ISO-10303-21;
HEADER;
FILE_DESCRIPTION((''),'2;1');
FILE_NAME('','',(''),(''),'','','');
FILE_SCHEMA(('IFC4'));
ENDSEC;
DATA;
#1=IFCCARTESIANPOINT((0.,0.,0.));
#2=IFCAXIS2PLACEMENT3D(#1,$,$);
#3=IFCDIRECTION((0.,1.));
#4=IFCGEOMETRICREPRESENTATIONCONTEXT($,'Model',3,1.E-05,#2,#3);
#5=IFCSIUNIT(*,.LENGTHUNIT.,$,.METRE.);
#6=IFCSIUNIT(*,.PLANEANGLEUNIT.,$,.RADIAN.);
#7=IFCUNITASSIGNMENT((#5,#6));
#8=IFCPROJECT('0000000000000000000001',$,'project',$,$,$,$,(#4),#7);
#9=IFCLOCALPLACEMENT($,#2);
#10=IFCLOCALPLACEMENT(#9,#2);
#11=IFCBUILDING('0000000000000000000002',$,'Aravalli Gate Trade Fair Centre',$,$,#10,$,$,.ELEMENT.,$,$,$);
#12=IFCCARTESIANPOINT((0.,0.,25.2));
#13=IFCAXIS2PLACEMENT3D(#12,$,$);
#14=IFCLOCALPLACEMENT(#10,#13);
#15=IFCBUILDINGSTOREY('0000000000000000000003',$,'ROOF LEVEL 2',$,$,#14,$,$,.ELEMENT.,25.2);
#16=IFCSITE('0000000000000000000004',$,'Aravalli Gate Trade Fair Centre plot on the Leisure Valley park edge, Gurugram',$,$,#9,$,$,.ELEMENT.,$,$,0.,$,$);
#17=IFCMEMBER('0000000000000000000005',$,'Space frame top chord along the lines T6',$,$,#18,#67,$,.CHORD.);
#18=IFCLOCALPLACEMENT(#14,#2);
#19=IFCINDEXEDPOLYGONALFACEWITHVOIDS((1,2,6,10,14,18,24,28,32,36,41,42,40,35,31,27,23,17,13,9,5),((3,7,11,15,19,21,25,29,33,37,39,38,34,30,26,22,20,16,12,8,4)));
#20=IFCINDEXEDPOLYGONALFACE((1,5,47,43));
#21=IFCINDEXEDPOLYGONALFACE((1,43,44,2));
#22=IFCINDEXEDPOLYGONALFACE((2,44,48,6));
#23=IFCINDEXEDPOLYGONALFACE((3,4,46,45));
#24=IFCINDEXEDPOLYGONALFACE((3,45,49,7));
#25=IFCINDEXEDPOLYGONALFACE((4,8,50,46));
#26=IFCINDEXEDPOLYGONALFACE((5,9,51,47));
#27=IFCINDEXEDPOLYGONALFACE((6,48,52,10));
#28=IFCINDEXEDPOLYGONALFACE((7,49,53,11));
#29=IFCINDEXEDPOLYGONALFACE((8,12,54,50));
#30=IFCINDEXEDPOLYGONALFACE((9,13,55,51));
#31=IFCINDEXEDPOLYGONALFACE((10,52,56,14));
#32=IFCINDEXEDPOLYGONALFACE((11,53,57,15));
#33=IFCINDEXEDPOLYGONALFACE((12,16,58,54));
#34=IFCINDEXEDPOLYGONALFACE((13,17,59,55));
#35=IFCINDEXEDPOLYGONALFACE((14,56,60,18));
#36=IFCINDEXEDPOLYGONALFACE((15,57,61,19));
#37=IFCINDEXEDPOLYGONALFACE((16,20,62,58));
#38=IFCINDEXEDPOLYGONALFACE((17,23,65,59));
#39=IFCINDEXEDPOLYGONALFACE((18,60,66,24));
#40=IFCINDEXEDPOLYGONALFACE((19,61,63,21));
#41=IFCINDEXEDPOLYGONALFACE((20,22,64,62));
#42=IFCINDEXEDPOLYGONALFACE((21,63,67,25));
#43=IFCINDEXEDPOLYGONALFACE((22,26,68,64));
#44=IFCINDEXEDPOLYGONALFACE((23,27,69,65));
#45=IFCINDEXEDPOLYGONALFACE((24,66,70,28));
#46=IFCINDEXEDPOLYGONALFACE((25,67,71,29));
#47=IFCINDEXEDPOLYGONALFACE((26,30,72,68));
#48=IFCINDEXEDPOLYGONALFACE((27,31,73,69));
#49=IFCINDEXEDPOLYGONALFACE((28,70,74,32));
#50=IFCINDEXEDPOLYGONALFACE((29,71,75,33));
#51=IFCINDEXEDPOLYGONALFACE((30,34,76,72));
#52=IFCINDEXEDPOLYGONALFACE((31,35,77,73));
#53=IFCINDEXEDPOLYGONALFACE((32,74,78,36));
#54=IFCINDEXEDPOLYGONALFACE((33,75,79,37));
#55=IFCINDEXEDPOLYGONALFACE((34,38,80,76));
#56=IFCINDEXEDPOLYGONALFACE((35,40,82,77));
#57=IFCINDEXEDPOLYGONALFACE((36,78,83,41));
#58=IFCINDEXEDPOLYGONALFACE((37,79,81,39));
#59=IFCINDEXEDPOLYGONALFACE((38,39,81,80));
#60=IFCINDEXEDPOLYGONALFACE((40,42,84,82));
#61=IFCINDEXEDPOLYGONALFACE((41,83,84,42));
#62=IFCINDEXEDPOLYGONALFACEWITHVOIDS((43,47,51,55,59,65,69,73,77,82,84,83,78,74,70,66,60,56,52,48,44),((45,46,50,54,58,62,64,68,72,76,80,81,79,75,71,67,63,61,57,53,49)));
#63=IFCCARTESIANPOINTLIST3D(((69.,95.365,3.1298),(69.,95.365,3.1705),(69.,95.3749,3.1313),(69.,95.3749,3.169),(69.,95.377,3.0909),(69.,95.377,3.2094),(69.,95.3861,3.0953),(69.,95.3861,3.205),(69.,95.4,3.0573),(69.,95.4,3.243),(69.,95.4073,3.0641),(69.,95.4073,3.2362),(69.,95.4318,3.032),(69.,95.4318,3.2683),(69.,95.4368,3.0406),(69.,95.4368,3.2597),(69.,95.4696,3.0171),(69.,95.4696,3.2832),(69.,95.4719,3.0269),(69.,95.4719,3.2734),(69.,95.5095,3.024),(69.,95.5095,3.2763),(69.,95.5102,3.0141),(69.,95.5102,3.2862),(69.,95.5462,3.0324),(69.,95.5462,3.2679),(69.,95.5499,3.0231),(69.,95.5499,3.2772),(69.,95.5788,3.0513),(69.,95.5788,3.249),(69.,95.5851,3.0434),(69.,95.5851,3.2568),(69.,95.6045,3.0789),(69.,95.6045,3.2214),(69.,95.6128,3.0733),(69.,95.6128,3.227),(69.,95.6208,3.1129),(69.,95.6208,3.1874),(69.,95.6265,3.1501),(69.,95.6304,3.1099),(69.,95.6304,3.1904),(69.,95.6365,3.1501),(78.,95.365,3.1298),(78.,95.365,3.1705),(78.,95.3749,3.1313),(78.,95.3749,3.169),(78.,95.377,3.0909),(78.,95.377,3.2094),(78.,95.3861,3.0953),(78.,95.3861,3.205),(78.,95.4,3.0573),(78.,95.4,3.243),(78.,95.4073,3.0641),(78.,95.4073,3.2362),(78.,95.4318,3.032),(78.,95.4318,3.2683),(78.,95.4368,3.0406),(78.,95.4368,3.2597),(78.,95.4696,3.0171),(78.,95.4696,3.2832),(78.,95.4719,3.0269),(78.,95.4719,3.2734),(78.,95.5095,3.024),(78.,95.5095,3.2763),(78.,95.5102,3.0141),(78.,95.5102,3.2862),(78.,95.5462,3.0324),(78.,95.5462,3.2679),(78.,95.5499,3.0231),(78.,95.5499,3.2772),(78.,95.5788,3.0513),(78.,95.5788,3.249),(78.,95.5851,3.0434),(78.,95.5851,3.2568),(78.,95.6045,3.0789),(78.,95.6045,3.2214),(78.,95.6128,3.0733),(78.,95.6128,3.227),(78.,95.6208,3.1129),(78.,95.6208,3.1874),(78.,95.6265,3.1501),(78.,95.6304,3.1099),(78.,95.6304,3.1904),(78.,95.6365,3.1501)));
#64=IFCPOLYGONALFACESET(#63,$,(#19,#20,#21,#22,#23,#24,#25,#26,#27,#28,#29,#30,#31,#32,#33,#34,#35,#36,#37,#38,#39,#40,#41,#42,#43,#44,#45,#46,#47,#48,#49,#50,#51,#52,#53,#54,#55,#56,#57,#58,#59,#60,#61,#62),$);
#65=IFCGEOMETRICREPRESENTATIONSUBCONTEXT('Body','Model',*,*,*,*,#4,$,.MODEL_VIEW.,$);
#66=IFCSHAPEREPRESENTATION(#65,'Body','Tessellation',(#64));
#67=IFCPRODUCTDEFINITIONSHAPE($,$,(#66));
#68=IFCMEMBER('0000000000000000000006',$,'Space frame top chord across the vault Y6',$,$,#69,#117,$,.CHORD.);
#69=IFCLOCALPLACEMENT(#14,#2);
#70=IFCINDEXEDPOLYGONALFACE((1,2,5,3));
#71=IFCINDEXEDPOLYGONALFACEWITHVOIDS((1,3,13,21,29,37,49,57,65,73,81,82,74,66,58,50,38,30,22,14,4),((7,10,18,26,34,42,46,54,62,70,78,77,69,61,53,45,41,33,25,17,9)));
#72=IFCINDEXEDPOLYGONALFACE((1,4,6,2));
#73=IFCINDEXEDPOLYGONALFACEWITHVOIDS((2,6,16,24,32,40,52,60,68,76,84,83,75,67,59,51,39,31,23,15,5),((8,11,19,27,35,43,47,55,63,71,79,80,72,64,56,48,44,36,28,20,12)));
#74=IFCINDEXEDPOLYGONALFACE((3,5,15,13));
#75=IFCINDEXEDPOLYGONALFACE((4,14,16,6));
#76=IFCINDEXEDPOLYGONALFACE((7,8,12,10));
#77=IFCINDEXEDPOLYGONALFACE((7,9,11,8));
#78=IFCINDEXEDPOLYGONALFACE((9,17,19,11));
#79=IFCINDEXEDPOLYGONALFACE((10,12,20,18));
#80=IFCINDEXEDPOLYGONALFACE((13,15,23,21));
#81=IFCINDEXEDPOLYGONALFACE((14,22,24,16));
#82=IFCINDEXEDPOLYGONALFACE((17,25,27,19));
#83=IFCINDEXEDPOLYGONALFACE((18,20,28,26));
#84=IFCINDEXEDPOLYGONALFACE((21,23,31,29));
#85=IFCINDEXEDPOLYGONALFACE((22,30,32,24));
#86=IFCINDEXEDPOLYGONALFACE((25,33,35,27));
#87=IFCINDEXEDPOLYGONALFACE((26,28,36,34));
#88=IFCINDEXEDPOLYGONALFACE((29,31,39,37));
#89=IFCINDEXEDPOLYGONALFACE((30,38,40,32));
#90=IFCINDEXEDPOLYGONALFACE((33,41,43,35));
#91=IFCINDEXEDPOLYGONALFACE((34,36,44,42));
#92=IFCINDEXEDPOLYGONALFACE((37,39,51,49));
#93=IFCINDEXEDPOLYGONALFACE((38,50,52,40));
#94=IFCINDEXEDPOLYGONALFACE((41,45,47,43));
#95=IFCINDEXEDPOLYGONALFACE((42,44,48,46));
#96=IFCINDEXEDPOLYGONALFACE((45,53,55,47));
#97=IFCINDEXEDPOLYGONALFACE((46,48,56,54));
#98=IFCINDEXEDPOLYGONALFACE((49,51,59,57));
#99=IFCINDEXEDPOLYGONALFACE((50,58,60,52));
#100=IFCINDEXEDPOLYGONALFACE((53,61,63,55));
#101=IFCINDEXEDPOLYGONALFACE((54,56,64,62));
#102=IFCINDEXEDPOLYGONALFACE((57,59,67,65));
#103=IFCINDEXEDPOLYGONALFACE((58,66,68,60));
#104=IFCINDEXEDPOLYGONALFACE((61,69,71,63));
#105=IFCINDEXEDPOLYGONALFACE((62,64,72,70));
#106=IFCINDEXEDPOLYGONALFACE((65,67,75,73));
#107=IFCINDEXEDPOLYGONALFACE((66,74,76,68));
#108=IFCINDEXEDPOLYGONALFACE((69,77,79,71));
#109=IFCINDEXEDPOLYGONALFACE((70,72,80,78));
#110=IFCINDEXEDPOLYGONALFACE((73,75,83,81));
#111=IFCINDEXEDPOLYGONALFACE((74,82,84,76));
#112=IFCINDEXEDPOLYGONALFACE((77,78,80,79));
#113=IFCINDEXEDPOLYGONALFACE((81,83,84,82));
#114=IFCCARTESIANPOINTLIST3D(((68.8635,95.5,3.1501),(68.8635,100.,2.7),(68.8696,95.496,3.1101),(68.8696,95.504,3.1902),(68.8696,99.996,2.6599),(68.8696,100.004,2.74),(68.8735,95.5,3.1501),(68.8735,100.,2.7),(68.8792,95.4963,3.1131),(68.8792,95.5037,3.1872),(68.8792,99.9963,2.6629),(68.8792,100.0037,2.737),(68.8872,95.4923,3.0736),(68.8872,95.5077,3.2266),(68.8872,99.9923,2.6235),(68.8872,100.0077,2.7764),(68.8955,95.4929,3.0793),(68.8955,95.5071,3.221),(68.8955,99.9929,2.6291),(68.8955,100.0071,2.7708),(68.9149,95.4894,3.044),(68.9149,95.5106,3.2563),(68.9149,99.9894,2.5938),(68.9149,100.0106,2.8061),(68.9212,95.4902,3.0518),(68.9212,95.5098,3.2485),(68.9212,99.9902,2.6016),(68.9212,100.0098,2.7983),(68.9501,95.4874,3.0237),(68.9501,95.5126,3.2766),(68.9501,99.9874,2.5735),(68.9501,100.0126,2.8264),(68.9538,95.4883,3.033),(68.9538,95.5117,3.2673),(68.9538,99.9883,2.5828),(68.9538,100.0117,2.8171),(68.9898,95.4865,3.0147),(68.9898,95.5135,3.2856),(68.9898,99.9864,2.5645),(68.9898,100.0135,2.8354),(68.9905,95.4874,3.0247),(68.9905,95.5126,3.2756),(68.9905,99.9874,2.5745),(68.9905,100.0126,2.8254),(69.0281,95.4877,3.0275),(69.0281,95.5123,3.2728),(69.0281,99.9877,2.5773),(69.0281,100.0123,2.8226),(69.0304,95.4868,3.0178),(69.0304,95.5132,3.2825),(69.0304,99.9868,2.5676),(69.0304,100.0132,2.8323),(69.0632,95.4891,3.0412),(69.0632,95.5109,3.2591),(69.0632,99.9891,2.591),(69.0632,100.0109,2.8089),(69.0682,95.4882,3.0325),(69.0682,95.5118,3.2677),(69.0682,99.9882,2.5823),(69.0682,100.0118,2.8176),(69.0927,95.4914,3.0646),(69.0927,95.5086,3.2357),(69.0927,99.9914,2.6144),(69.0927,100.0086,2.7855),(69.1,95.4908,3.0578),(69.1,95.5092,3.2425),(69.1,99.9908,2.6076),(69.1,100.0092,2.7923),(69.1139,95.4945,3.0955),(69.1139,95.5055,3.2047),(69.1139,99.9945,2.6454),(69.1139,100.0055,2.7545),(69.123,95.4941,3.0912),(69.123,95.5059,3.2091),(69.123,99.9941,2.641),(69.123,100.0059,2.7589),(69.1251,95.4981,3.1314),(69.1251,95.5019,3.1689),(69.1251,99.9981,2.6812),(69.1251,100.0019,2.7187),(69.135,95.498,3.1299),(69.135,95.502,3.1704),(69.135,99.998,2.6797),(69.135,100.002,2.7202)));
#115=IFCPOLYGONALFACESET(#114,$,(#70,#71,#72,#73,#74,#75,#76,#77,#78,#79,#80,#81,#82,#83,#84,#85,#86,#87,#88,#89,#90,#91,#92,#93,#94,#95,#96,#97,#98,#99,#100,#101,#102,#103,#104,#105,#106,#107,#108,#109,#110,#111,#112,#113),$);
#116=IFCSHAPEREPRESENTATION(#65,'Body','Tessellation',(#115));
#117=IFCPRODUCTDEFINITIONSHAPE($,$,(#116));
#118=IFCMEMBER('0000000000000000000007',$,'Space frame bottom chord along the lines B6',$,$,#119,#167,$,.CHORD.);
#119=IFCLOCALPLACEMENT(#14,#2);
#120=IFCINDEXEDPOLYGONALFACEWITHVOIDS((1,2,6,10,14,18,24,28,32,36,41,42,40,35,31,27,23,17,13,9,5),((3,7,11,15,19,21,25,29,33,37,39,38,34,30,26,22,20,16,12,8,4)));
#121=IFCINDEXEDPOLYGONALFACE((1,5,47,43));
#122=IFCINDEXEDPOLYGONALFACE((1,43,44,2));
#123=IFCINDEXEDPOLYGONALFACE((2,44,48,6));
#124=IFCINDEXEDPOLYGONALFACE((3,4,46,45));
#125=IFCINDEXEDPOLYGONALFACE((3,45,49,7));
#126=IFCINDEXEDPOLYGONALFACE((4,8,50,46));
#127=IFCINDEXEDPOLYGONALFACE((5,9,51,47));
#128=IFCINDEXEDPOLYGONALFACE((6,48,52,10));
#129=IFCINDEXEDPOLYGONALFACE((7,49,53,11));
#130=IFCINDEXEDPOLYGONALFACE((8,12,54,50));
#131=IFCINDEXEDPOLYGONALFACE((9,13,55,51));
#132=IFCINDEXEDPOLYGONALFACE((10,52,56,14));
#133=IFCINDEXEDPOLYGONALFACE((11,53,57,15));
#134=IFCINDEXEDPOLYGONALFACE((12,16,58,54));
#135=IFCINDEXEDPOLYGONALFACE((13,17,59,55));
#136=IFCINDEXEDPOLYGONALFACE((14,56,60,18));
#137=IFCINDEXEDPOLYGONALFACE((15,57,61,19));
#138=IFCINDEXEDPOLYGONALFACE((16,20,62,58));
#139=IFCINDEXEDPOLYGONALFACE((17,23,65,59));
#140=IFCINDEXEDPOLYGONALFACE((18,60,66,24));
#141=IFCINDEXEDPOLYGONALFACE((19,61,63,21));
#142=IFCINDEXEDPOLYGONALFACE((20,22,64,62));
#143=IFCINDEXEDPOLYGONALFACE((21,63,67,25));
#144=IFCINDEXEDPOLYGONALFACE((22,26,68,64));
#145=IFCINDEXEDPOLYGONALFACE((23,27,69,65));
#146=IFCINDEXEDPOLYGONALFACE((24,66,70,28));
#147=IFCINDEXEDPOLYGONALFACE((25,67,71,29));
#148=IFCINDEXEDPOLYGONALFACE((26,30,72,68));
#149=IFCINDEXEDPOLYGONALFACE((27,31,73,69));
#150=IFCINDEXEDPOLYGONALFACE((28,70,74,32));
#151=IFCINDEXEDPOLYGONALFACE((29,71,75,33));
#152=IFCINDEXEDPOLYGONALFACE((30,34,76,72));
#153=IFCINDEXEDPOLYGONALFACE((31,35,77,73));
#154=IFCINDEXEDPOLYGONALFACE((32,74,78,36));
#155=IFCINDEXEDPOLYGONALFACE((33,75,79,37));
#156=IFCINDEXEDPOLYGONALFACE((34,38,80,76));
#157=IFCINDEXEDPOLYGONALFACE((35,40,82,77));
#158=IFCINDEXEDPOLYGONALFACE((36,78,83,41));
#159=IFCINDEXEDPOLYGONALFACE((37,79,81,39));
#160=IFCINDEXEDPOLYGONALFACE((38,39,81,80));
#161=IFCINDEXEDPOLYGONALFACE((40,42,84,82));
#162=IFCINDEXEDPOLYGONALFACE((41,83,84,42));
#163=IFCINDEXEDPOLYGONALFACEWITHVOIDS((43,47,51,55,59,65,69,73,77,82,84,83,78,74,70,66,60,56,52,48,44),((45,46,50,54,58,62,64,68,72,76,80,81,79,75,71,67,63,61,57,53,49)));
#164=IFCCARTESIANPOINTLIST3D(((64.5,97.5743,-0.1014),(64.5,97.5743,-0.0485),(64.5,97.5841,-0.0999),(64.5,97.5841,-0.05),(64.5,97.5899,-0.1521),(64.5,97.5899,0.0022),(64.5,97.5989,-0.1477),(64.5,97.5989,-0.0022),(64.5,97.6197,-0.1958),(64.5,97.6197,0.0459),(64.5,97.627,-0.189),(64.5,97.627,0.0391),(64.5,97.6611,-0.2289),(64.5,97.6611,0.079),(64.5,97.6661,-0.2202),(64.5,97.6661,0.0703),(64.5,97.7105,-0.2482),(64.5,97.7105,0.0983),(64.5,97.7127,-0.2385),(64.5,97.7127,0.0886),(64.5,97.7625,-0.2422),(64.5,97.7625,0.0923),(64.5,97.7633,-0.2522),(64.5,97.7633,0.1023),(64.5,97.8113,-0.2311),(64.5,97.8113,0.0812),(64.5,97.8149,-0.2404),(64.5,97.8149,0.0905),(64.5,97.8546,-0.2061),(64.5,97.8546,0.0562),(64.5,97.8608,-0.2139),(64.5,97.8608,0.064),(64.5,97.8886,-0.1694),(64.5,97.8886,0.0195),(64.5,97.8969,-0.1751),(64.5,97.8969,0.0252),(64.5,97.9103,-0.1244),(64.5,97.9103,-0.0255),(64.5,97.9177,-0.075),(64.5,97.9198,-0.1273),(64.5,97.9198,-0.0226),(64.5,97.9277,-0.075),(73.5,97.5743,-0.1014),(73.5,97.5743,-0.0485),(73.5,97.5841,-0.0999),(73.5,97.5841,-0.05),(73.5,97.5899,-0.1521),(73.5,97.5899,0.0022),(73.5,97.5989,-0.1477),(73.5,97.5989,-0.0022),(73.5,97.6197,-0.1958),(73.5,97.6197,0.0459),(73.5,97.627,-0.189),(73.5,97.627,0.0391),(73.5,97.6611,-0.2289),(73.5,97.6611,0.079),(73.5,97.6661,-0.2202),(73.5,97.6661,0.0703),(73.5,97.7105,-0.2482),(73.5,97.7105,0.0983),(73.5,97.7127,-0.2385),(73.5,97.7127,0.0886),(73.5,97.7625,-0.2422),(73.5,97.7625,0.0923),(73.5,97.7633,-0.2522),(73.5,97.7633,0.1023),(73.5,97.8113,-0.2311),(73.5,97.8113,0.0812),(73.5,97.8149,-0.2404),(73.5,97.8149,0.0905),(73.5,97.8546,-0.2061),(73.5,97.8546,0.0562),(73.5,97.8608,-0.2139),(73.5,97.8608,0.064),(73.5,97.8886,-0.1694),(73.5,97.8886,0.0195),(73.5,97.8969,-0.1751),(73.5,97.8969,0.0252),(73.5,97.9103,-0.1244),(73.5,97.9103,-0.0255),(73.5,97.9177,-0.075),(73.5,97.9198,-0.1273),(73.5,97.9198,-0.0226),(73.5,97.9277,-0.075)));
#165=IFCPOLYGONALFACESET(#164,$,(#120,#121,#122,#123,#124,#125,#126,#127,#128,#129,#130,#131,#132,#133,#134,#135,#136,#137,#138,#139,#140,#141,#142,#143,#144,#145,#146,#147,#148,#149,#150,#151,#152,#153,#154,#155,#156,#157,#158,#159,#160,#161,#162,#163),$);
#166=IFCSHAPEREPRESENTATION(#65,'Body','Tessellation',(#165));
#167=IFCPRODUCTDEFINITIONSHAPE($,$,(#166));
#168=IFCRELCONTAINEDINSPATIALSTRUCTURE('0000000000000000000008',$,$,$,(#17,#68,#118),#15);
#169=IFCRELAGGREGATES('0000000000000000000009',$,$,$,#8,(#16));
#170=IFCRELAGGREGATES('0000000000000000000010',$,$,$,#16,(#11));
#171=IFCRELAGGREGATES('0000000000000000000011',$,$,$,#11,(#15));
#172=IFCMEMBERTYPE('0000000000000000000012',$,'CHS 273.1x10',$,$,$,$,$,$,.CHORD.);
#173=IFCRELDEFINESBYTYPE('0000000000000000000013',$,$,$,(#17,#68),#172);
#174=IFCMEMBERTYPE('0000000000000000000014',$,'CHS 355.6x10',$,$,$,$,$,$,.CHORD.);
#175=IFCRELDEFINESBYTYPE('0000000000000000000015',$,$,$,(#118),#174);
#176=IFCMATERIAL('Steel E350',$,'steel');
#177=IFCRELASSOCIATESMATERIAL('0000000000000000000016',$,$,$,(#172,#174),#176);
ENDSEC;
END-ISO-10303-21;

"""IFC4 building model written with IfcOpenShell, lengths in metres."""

from ifc_helpers import new_model, si_unit, direction, frame, origin, origin_2d, place, context, subcontext, project, spatial, hollow_circle, extrude, material, material_profile, profile_set, type_object, element, save


model = new_model("IFC4")

# Units and contexts
model_context = context("Model", 3, precision=1e-05, world=origin(), true_north=direction((0.0, 1.0)))
body_context = subcontext(model_context, "Body", "Model", "MODEL_VIEW")
ifc_project = project(units=[si_unit("LENGTHUNIT", "METRE"), si_unit("PLANEANGLEUNIT", "RADIAN")], contexts=[model_context])

# Site, building, storey
site_placement = place(None, origin())
site = spatial("IfcSite", under=ifc_project, at=site_placement, Name="Aravalli Gate Trade Fair Centre plot on the Leisure Valley park edge, Gurugram", CompositionType="ELEMENT", RefElevation=0.0)
building_placement = place(site_placement, origin())
building = spatial("IfcBuilding", under=site, at=building_placement, Name="Aravalli Gate Trade Fair Centre", CompositionType="ELEMENT")
storey_placement = place(building_placement, frame((0.0, 0.0, 25.2)))
storey = spatial("IfcBuildingStorey", under=building, at=storey_placement, Name="ROOF LEVEL 2", CompositionType="ELEMENT", Elevation=25.2)

# Members
ifc_material = material(Name="Steel E350", Category="steel")
ifc_material_profile_1 = material_profile(ifc_material, hollow_circle(Radius=0.1365, WallThickness=0.01, at=origin_2d()), Name="CHS 273.1x10")
ifc_profile_set_1 = profile_set([ifc_material_profile_1], Name="Steel E350")
member_type_1 = type_object("IfcMemberType", Name="CHS 273.1x10", PredefinedType="CHORD", material=ifc_profile_set_1)
member_1_placement = place(storey_placement, frame((69.0, 95.5, 3.1501), z_axis=(1.0, 0.0, 0.0), x_axis=(0.0, 1.0, 0.0)))
element("IfcMember", 1, at=member_1_placement, inside=storey, type_object=member_type_1, Name="Space frame top chord along the lines T6", PredefinedType="CHORD", context=body_context, shape_type="SweptSolid", body=[
    extrude(hollow_circle(Radius=0.1365, WallThickness=0.01, at=origin_2d()), origin(), (0.0, 0.0, 1.0), 9.0),
])
member_2_placement = place(storey_placement, frame((69.0, 95.5, 3.1501), z_axis=(0.0, 0.995033, -0.099546), x_axis=(-1.0, 0.0, 0.0)))
element("IfcMember", 2, at=member_2_placement, inside=storey, type_object=member_type_1, Name="Space frame top chord across the vault Y6", PredefinedType="CHORD", context=body_context, shape_type="SweptSolid", body=[
    extrude(hollow_circle(Radius=0.1365, WallThickness=0.01, at=origin_2d()), origin(), (0.0, 0.0, 1.0), 4.5225),
])
ifc_material_profile_2 = material_profile(ifc_material, hollow_circle(Radius=0.1777, WallThickness=0.01, at=origin_2d()), Name="CHS 355.6x10")
ifc_profile_set_2 = profile_set([ifc_material_profile_2], Name="Steel E350")
member_type_2 = type_object("IfcMemberType", Name="CHS 355.6x10", PredefinedType="CHORD", material=ifc_profile_set_2)
for number, where, z_axis, x_axis, name in (
    (3, (64.5, 97.75, -0.075), (1.0, 0.0, 0.0), (0.0, 1.0, 0.0), "Space frame bottom chord along the lines B6"),
):
    element("IfcMember", number, at=place(storey_placement, frame(where, z_axis=z_axis, x_axis=x_axis)), inside=storey, type_object=member_type_2, Name=name, PredefinedType="CHORD", context=body_context, shape_type="SweptSolid", body=[
        extrude(hollow_circle(Radius=0.1777, WallThickness=0.01, at=origin_2d()), origin(), (0.0, 0.0, 1.0), 9.0),
    ])

save(model, "model.ifc")
